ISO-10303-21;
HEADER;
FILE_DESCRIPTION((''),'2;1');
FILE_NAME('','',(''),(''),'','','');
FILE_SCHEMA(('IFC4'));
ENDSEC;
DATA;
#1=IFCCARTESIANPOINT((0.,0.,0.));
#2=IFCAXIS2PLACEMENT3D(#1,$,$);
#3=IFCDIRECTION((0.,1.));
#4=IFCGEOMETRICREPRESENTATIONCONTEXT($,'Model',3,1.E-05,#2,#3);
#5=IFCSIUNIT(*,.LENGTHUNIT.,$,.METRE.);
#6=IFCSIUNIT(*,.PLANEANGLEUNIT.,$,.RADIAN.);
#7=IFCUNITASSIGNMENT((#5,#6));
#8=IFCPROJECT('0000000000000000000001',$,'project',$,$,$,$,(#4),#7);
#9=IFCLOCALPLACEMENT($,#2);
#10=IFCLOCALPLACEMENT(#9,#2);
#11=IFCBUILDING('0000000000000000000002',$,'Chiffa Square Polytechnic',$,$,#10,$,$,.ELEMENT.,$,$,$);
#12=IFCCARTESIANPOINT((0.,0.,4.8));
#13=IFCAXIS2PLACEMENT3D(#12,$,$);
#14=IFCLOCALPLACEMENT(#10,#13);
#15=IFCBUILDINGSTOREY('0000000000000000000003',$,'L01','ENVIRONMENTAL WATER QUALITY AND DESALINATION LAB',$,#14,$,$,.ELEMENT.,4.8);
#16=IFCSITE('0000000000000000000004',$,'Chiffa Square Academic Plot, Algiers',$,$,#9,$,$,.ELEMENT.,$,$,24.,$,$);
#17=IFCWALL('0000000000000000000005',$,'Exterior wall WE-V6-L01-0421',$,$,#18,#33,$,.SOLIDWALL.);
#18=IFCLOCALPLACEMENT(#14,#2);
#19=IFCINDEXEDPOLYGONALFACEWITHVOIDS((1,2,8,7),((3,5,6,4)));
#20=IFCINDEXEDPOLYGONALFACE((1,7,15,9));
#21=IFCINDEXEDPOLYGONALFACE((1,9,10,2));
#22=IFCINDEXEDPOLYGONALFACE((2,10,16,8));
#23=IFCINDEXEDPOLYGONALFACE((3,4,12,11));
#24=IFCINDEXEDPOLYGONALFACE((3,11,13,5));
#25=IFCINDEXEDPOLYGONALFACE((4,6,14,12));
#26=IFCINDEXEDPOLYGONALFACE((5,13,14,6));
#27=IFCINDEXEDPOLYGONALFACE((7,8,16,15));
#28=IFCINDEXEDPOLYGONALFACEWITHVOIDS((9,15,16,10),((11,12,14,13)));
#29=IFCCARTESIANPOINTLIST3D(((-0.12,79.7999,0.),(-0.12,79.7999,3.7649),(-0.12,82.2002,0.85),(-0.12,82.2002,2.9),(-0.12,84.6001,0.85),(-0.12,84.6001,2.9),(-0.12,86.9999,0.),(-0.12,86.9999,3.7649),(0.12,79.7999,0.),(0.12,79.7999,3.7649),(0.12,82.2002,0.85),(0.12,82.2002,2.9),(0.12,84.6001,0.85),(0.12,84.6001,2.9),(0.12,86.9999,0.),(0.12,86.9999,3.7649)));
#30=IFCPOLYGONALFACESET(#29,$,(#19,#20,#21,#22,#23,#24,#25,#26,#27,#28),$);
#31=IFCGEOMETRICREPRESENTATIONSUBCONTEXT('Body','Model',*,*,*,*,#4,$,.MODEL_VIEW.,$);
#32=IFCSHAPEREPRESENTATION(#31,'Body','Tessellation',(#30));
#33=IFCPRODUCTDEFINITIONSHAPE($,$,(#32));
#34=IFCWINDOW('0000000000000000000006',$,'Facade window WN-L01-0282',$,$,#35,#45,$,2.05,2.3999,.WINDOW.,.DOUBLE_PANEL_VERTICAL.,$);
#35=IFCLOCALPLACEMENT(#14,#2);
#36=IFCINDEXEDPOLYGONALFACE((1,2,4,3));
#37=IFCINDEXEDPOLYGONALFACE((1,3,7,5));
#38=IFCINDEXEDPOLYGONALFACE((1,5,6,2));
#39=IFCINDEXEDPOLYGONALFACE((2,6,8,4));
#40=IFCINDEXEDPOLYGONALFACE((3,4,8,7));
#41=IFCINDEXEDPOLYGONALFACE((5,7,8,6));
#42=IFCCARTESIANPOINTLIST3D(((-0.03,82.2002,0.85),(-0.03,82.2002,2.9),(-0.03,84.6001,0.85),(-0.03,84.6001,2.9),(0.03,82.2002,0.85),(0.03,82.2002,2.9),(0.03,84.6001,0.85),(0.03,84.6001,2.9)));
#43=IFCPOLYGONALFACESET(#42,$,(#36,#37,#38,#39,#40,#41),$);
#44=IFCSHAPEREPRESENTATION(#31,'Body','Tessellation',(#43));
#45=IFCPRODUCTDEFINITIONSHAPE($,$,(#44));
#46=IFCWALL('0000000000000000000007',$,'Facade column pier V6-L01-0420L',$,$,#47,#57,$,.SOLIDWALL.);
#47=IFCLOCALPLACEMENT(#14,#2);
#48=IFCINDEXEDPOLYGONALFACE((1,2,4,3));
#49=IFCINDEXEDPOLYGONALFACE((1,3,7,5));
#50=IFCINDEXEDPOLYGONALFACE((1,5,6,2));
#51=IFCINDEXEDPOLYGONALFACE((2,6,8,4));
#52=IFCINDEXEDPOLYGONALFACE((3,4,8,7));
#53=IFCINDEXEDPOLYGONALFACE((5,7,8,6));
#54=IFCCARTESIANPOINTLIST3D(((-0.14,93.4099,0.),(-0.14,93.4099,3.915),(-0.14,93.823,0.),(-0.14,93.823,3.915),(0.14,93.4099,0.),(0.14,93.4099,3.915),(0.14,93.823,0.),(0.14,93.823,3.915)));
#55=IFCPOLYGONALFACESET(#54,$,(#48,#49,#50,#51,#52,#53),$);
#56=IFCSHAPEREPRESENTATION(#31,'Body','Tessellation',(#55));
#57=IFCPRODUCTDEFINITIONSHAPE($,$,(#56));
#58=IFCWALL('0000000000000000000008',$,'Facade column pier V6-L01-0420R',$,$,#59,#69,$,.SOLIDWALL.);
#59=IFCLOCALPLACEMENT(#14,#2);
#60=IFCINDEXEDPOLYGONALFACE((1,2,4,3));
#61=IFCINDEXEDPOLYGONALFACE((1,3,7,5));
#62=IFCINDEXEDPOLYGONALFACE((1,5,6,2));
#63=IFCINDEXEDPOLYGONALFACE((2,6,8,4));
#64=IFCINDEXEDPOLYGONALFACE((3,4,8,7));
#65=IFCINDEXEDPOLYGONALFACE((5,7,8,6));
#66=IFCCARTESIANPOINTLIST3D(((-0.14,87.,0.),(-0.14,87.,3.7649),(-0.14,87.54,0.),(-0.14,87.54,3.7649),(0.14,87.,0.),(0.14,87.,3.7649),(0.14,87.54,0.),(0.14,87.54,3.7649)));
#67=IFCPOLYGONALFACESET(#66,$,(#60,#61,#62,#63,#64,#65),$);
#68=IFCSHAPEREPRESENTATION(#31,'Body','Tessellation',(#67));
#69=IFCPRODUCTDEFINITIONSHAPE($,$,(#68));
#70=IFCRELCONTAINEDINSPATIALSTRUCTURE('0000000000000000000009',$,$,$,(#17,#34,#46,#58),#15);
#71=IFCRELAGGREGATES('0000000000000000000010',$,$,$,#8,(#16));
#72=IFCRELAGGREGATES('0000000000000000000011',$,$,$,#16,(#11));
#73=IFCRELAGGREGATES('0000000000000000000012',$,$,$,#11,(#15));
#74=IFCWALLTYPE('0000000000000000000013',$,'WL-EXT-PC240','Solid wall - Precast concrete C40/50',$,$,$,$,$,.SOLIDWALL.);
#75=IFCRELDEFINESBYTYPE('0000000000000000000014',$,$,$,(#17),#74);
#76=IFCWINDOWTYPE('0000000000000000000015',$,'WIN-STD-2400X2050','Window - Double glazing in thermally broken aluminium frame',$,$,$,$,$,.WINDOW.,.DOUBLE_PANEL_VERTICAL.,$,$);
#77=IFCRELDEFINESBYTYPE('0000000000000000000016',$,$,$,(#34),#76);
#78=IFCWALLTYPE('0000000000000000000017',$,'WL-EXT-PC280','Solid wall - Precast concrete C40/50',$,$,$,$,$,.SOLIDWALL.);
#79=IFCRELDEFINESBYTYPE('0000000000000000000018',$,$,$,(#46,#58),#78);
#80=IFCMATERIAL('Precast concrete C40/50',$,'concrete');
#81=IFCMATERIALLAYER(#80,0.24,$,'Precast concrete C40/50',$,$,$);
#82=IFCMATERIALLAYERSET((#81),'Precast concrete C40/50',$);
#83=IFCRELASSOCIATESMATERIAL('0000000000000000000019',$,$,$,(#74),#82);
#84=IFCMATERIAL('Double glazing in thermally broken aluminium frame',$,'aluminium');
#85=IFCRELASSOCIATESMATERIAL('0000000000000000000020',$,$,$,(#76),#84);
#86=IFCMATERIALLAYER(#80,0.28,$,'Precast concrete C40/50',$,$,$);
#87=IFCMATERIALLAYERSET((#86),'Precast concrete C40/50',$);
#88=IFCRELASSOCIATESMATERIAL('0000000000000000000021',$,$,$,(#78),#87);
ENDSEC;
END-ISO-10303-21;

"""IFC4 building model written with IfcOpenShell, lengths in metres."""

from ifc_helpers import new_model, si_unit, direction, frame, frame_2d, origin, place, context, subcontext, project, spatial, rectangle, extrude, material, layer, layer_set, type_object, element, fill, save


model = new_model("IFC4")

# Units and contexts
model_context = context("Model", 3, precision=1e-05, world=origin(), true_north=direction((0.0, 1.0)))
body_context = subcontext(model_context, "Body", "Model", "MODEL_VIEW")
ifc_project = project(units=[si_unit("LENGTHUNIT", "METRE"), si_unit("PLANEANGLEUNIT", "RADIAN")], contexts=[model_context])

# Site, building, storey
site_placement = place(None, origin())
site = spatial("IfcSite", under=ifc_project, at=site_placement, Name="Chiffa Square Academic Plot, Algiers", CompositionType="ELEMENT", RefElevation=24.0)
building_placement = place(site_placement, origin())
building = spatial("IfcBuilding", under=site, at=building_placement, Name="Chiffa Square Polytechnic", CompositionType="ELEMENT")
storey_placement = place(building_placement, frame((0.0, 0.0, 4.8)))
storey = spatial("IfcBuildingStorey", under=building, at=storey_placement, Name="L01", Description="ENVIRONMENTAL WATER QUALITY AND DESALINATION LAB", CompositionType="ELEMENT", Elevation=4.8)

# Wall, opening, window
ifc_material_1 = material(Name="Precast concrete C40/50", Category="concrete")
ifc_layer_1 = layer(ifc_material_1, 0.24, Name="Precast concrete C40/50")
ifc_layer_set_1 = layer_set([ifc_layer_1], Name="Precast concrete C40/50")
wall_type_1 = type_object("IfcWallType", Name="WL-EXT-PC240", Description="Solid wall - Precast concrete C40/50", PredefinedType="SOLIDWALL", material=ifc_layer_set_1)
wall_1_placement = place(storey_placement, frame((0.0, 87.0, 0.0), z_axis=(0.0, 0.0, 1.0), x_axis=(0.0, -1.0, 0.0)))
wall_1 = element("IfcWall", 1, at=wall_1_placement, inside=storey, type_object=wall_type_1, Name="Exterior wall WE-V6-L01-0421", PredefinedType="SOLIDWALL", context=body_context, shape_type="SweptSolid", body=[
    extrude(rectangle(XDim=7.2, YDim=0.24, at=frame_2d((3.6001, 0.0))), origin(), (0.0, 0.0, 1.0), 3.7649),
])
opening_placement = place(wall_1_placement, frame((2.3999, 0.0, 0.8501)))
opening = element("IfcOpeningElement", 2, at=opening_placement, cuts=wall_1, PredefinedType="OPENING", context=body_context, shape_type="SweptSolid", body=[
    extrude(rectangle(XDim=2.3999, YDim=2.05, at=frame_2d((1.2, 1.0249))), frame((0.0, 0.1299, 0.0), z_axis=(0.0, -1.0, 0.0), x_axis=(1.0, 0.0, 0.0)), (0.0, 0.0, 1.0), 0.26),
])
ifc_material_2 = material(Name="Double glazing in thermally broken aluminium frame", Category="aluminium")
window_type = type_object("IfcWindowType", Name="WIN-STD-2400X2050", Description="Window - Double glazing in thermally broken aluminium frame", PartitioningType="DOUBLE_PANEL_VERTICAL", PredefinedType="WINDOW", material=ifc_material_2)
window_placement = place(opening_placement, origin())
window = element("IfcWindow", 3, at=window_placement, inside=storey, type_object=window_type, Name="Facade window WN-L01-0282", OverallHeight=2.05, OverallWidth=2.3999, PartitioningType="DOUBLE_PANEL_VERTICAL", PredefinedType="WINDOW", context=body_context, shape_type="SweptSolid", body=[
    extrude(rectangle(XDim=2.3999, YDim=2.05, at=frame_2d((1.2, 1.0249))), frame((0.0, 0.03, 0.0), z_axis=(0.0, -1.0, 0.0), x_axis=(1.0, 0.0, 0.0)), (0.0, 0.0, 1.0), 0.0601),
])
fill(opening, window)

# Walls
ifc_layer_2 = layer(ifc_material_1, 0.28, Name="Precast concrete C40/50")
ifc_layer_set_2 = layer_set([ifc_layer_2], Name="Precast concrete C40/50")
wall_type_2 = type_object("IfcWallType", Name="WL-EXT-PC280", Description="Solid wall - Precast concrete C40/50", PredefinedType="SOLIDWALL", material=ifc_layer_set_2)
wall_2_placement = place(storey_placement, frame((0.0, 93.823, 0.0), z_axis=(0.0, 0.0, 1.0), x_axis=(0.0, -1.0, 0.0)))
element("IfcWall", 4, at=wall_2_placement, inside=storey, type_object=wall_type_2, Name="Facade column pier V6-L01-0420L", PredefinedType="SOLIDWALL", context=body_context, shape_type="SweptSolid", body=[
    extrude(rectangle(XDim=0.4131, YDim=0.28, at=frame_2d((0.2065, 0.0))), origin(), (0.0, 0.0, 1.0), 3.915),
])
wall_3_placement = place(storey_placement, frame((0.0, 87.54, 0.0), z_axis=(0.0, 0.0, 1.0), x_axis=(0.0, -1.0, 0.0)))
element("IfcWall", 5, at=wall_3_placement, inside=storey, type_object=wall_type_2, Name="Facade column pier V6-L01-0420R", PredefinedType="SOLIDWALL", context=body_context, shape_type="SweptSolid", body=[
    extrude(rectangle(XDim=0.54, YDim=0.28, at=frame_2d((0.27, 0.0))), origin(), (0.0, 0.0, 1.0), 3.7649),
])

save(model, "model.ifc")
